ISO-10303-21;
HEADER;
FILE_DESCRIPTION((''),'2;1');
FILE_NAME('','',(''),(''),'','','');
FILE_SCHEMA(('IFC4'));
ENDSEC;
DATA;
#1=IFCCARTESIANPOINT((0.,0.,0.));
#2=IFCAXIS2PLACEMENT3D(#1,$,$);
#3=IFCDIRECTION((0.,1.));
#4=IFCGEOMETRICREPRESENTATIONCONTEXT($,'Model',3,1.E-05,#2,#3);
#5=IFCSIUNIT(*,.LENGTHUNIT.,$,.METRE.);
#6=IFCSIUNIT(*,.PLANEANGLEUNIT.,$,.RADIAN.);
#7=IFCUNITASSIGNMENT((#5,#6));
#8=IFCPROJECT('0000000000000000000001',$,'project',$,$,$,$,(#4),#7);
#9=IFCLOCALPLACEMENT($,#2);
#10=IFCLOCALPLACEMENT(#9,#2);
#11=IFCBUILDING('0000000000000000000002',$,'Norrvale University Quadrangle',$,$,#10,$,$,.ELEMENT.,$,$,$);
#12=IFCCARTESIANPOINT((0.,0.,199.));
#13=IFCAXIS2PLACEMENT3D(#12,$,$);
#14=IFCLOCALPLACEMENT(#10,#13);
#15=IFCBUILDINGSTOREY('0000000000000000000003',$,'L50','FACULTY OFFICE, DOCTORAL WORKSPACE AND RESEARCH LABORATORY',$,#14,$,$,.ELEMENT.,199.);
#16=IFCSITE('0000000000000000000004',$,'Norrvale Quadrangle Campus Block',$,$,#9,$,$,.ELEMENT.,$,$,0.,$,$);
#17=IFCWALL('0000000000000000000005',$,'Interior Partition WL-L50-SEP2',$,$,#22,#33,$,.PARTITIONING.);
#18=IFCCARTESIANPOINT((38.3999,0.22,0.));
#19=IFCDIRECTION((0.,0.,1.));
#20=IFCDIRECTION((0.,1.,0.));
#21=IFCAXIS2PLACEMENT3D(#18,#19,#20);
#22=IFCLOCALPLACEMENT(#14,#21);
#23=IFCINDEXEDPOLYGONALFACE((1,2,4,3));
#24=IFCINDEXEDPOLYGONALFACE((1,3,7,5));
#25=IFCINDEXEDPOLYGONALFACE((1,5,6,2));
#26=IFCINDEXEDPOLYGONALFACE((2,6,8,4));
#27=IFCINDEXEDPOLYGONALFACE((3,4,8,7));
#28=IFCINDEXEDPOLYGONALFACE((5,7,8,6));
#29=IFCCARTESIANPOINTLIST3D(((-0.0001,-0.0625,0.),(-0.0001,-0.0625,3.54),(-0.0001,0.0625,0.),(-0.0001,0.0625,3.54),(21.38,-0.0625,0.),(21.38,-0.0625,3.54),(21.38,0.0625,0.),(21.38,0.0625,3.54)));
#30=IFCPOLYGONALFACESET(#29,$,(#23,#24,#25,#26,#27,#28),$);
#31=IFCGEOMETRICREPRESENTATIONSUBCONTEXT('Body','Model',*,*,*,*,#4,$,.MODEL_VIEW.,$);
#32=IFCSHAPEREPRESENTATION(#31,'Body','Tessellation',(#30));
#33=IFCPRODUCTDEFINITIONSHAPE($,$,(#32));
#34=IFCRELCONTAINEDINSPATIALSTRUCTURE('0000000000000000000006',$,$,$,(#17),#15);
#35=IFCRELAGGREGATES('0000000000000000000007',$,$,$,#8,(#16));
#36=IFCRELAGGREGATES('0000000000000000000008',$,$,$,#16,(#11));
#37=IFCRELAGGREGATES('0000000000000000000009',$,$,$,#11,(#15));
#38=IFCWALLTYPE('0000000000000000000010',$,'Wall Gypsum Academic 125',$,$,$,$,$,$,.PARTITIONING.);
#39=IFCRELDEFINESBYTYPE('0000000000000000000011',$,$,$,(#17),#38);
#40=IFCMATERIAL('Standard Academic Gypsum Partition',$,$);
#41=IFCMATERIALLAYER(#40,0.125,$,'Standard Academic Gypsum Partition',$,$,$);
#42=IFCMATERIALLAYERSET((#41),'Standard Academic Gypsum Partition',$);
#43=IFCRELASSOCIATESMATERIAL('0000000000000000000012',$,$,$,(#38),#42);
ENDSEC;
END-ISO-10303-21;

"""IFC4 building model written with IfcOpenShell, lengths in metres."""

from ifc_helpers import new_model, si_unit, direction, frame, frame_2d, origin, place, context, subcontext, project, spatial, rectangle, extrude, material, layer, layer_set, type_object, element, save


model = new_model("IFC4")

# Units and contexts
model_context = context("Model", 3, precision=1e-05, world=origin(), true_north=direction((0.0, 1.0)))
body_context = subcontext(model_context, "Body", "Model", "MODEL_VIEW")
ifc_project = project(units=[si_unit("LENGTHUNIT", "METRE"), si_unit("PLANEANGLEUNIT", "RADIAN")], contexts=[model_context])

# Site, building, storey
site_placement = place(None, origin())
site = spatial("IfcSite", under=ifc_project, at=site_placement, Name="Norrvale Quadrangle Campus Block", CompositionType="ELEMENT", RefElevation=0.0)
building_placement = place(site_placement, origin())
building = spatial("IfcBuilding", under=site, at=building_placement, Name="Norrvale University Quadrangle", CompositionType="ELEMENT")
storey_placement = place(building_placement, frame((0.0, 0.0, 199.0)))
storey = spatial("IfcBuildingStorey", under=building, at=storey_placement, Name="L50", Description="FACULTY OFFICE, DOCTORAL WORKSPACE AND RESEARCH LABORATORY", CompositionType="ELEMENT", Elevation=199.0)

# Wall
ifc_material_1 = material(Name="Standard Academic Gypsum Partition")
ifc_layer_1 = layer(ifc_material_1, 0.125, Name="Standard Academic Gypsum Partition")
ifc_layer_set_1 = layer_set([ifc_layer_1], Name="Standard Academic Gypsum Partition")
wall_type_1 = type_object("IfcWallType", Name="Wall Gypsum Academic 125", PredefinedType="PARTITIONING", material=ifc_layer_set_1)
wall_1_placement = place(storey_placement, frame((38.3999, 0.22, 0.0), z_axis=(0.0, 0.0, 1.0), x_axis=(0.0, 1.0, 0.0)))
element("IfcWall", 1, at=wall_1_placement, inside=storey, type_object=wall_type_1, Name="Interior Partition WL-L50-SEP2", PredefinedType="PARTITIONING", context=body_context, shape_type="SweptSolid", body=[
    extrude(rectangle(XDim=21.3801, YDim=0.125, at=frame_2d((10.6899, 0.0))), origin(), (0.0, 0.0, 1.0), 3.54),
])

save(model, "model.ifc")
